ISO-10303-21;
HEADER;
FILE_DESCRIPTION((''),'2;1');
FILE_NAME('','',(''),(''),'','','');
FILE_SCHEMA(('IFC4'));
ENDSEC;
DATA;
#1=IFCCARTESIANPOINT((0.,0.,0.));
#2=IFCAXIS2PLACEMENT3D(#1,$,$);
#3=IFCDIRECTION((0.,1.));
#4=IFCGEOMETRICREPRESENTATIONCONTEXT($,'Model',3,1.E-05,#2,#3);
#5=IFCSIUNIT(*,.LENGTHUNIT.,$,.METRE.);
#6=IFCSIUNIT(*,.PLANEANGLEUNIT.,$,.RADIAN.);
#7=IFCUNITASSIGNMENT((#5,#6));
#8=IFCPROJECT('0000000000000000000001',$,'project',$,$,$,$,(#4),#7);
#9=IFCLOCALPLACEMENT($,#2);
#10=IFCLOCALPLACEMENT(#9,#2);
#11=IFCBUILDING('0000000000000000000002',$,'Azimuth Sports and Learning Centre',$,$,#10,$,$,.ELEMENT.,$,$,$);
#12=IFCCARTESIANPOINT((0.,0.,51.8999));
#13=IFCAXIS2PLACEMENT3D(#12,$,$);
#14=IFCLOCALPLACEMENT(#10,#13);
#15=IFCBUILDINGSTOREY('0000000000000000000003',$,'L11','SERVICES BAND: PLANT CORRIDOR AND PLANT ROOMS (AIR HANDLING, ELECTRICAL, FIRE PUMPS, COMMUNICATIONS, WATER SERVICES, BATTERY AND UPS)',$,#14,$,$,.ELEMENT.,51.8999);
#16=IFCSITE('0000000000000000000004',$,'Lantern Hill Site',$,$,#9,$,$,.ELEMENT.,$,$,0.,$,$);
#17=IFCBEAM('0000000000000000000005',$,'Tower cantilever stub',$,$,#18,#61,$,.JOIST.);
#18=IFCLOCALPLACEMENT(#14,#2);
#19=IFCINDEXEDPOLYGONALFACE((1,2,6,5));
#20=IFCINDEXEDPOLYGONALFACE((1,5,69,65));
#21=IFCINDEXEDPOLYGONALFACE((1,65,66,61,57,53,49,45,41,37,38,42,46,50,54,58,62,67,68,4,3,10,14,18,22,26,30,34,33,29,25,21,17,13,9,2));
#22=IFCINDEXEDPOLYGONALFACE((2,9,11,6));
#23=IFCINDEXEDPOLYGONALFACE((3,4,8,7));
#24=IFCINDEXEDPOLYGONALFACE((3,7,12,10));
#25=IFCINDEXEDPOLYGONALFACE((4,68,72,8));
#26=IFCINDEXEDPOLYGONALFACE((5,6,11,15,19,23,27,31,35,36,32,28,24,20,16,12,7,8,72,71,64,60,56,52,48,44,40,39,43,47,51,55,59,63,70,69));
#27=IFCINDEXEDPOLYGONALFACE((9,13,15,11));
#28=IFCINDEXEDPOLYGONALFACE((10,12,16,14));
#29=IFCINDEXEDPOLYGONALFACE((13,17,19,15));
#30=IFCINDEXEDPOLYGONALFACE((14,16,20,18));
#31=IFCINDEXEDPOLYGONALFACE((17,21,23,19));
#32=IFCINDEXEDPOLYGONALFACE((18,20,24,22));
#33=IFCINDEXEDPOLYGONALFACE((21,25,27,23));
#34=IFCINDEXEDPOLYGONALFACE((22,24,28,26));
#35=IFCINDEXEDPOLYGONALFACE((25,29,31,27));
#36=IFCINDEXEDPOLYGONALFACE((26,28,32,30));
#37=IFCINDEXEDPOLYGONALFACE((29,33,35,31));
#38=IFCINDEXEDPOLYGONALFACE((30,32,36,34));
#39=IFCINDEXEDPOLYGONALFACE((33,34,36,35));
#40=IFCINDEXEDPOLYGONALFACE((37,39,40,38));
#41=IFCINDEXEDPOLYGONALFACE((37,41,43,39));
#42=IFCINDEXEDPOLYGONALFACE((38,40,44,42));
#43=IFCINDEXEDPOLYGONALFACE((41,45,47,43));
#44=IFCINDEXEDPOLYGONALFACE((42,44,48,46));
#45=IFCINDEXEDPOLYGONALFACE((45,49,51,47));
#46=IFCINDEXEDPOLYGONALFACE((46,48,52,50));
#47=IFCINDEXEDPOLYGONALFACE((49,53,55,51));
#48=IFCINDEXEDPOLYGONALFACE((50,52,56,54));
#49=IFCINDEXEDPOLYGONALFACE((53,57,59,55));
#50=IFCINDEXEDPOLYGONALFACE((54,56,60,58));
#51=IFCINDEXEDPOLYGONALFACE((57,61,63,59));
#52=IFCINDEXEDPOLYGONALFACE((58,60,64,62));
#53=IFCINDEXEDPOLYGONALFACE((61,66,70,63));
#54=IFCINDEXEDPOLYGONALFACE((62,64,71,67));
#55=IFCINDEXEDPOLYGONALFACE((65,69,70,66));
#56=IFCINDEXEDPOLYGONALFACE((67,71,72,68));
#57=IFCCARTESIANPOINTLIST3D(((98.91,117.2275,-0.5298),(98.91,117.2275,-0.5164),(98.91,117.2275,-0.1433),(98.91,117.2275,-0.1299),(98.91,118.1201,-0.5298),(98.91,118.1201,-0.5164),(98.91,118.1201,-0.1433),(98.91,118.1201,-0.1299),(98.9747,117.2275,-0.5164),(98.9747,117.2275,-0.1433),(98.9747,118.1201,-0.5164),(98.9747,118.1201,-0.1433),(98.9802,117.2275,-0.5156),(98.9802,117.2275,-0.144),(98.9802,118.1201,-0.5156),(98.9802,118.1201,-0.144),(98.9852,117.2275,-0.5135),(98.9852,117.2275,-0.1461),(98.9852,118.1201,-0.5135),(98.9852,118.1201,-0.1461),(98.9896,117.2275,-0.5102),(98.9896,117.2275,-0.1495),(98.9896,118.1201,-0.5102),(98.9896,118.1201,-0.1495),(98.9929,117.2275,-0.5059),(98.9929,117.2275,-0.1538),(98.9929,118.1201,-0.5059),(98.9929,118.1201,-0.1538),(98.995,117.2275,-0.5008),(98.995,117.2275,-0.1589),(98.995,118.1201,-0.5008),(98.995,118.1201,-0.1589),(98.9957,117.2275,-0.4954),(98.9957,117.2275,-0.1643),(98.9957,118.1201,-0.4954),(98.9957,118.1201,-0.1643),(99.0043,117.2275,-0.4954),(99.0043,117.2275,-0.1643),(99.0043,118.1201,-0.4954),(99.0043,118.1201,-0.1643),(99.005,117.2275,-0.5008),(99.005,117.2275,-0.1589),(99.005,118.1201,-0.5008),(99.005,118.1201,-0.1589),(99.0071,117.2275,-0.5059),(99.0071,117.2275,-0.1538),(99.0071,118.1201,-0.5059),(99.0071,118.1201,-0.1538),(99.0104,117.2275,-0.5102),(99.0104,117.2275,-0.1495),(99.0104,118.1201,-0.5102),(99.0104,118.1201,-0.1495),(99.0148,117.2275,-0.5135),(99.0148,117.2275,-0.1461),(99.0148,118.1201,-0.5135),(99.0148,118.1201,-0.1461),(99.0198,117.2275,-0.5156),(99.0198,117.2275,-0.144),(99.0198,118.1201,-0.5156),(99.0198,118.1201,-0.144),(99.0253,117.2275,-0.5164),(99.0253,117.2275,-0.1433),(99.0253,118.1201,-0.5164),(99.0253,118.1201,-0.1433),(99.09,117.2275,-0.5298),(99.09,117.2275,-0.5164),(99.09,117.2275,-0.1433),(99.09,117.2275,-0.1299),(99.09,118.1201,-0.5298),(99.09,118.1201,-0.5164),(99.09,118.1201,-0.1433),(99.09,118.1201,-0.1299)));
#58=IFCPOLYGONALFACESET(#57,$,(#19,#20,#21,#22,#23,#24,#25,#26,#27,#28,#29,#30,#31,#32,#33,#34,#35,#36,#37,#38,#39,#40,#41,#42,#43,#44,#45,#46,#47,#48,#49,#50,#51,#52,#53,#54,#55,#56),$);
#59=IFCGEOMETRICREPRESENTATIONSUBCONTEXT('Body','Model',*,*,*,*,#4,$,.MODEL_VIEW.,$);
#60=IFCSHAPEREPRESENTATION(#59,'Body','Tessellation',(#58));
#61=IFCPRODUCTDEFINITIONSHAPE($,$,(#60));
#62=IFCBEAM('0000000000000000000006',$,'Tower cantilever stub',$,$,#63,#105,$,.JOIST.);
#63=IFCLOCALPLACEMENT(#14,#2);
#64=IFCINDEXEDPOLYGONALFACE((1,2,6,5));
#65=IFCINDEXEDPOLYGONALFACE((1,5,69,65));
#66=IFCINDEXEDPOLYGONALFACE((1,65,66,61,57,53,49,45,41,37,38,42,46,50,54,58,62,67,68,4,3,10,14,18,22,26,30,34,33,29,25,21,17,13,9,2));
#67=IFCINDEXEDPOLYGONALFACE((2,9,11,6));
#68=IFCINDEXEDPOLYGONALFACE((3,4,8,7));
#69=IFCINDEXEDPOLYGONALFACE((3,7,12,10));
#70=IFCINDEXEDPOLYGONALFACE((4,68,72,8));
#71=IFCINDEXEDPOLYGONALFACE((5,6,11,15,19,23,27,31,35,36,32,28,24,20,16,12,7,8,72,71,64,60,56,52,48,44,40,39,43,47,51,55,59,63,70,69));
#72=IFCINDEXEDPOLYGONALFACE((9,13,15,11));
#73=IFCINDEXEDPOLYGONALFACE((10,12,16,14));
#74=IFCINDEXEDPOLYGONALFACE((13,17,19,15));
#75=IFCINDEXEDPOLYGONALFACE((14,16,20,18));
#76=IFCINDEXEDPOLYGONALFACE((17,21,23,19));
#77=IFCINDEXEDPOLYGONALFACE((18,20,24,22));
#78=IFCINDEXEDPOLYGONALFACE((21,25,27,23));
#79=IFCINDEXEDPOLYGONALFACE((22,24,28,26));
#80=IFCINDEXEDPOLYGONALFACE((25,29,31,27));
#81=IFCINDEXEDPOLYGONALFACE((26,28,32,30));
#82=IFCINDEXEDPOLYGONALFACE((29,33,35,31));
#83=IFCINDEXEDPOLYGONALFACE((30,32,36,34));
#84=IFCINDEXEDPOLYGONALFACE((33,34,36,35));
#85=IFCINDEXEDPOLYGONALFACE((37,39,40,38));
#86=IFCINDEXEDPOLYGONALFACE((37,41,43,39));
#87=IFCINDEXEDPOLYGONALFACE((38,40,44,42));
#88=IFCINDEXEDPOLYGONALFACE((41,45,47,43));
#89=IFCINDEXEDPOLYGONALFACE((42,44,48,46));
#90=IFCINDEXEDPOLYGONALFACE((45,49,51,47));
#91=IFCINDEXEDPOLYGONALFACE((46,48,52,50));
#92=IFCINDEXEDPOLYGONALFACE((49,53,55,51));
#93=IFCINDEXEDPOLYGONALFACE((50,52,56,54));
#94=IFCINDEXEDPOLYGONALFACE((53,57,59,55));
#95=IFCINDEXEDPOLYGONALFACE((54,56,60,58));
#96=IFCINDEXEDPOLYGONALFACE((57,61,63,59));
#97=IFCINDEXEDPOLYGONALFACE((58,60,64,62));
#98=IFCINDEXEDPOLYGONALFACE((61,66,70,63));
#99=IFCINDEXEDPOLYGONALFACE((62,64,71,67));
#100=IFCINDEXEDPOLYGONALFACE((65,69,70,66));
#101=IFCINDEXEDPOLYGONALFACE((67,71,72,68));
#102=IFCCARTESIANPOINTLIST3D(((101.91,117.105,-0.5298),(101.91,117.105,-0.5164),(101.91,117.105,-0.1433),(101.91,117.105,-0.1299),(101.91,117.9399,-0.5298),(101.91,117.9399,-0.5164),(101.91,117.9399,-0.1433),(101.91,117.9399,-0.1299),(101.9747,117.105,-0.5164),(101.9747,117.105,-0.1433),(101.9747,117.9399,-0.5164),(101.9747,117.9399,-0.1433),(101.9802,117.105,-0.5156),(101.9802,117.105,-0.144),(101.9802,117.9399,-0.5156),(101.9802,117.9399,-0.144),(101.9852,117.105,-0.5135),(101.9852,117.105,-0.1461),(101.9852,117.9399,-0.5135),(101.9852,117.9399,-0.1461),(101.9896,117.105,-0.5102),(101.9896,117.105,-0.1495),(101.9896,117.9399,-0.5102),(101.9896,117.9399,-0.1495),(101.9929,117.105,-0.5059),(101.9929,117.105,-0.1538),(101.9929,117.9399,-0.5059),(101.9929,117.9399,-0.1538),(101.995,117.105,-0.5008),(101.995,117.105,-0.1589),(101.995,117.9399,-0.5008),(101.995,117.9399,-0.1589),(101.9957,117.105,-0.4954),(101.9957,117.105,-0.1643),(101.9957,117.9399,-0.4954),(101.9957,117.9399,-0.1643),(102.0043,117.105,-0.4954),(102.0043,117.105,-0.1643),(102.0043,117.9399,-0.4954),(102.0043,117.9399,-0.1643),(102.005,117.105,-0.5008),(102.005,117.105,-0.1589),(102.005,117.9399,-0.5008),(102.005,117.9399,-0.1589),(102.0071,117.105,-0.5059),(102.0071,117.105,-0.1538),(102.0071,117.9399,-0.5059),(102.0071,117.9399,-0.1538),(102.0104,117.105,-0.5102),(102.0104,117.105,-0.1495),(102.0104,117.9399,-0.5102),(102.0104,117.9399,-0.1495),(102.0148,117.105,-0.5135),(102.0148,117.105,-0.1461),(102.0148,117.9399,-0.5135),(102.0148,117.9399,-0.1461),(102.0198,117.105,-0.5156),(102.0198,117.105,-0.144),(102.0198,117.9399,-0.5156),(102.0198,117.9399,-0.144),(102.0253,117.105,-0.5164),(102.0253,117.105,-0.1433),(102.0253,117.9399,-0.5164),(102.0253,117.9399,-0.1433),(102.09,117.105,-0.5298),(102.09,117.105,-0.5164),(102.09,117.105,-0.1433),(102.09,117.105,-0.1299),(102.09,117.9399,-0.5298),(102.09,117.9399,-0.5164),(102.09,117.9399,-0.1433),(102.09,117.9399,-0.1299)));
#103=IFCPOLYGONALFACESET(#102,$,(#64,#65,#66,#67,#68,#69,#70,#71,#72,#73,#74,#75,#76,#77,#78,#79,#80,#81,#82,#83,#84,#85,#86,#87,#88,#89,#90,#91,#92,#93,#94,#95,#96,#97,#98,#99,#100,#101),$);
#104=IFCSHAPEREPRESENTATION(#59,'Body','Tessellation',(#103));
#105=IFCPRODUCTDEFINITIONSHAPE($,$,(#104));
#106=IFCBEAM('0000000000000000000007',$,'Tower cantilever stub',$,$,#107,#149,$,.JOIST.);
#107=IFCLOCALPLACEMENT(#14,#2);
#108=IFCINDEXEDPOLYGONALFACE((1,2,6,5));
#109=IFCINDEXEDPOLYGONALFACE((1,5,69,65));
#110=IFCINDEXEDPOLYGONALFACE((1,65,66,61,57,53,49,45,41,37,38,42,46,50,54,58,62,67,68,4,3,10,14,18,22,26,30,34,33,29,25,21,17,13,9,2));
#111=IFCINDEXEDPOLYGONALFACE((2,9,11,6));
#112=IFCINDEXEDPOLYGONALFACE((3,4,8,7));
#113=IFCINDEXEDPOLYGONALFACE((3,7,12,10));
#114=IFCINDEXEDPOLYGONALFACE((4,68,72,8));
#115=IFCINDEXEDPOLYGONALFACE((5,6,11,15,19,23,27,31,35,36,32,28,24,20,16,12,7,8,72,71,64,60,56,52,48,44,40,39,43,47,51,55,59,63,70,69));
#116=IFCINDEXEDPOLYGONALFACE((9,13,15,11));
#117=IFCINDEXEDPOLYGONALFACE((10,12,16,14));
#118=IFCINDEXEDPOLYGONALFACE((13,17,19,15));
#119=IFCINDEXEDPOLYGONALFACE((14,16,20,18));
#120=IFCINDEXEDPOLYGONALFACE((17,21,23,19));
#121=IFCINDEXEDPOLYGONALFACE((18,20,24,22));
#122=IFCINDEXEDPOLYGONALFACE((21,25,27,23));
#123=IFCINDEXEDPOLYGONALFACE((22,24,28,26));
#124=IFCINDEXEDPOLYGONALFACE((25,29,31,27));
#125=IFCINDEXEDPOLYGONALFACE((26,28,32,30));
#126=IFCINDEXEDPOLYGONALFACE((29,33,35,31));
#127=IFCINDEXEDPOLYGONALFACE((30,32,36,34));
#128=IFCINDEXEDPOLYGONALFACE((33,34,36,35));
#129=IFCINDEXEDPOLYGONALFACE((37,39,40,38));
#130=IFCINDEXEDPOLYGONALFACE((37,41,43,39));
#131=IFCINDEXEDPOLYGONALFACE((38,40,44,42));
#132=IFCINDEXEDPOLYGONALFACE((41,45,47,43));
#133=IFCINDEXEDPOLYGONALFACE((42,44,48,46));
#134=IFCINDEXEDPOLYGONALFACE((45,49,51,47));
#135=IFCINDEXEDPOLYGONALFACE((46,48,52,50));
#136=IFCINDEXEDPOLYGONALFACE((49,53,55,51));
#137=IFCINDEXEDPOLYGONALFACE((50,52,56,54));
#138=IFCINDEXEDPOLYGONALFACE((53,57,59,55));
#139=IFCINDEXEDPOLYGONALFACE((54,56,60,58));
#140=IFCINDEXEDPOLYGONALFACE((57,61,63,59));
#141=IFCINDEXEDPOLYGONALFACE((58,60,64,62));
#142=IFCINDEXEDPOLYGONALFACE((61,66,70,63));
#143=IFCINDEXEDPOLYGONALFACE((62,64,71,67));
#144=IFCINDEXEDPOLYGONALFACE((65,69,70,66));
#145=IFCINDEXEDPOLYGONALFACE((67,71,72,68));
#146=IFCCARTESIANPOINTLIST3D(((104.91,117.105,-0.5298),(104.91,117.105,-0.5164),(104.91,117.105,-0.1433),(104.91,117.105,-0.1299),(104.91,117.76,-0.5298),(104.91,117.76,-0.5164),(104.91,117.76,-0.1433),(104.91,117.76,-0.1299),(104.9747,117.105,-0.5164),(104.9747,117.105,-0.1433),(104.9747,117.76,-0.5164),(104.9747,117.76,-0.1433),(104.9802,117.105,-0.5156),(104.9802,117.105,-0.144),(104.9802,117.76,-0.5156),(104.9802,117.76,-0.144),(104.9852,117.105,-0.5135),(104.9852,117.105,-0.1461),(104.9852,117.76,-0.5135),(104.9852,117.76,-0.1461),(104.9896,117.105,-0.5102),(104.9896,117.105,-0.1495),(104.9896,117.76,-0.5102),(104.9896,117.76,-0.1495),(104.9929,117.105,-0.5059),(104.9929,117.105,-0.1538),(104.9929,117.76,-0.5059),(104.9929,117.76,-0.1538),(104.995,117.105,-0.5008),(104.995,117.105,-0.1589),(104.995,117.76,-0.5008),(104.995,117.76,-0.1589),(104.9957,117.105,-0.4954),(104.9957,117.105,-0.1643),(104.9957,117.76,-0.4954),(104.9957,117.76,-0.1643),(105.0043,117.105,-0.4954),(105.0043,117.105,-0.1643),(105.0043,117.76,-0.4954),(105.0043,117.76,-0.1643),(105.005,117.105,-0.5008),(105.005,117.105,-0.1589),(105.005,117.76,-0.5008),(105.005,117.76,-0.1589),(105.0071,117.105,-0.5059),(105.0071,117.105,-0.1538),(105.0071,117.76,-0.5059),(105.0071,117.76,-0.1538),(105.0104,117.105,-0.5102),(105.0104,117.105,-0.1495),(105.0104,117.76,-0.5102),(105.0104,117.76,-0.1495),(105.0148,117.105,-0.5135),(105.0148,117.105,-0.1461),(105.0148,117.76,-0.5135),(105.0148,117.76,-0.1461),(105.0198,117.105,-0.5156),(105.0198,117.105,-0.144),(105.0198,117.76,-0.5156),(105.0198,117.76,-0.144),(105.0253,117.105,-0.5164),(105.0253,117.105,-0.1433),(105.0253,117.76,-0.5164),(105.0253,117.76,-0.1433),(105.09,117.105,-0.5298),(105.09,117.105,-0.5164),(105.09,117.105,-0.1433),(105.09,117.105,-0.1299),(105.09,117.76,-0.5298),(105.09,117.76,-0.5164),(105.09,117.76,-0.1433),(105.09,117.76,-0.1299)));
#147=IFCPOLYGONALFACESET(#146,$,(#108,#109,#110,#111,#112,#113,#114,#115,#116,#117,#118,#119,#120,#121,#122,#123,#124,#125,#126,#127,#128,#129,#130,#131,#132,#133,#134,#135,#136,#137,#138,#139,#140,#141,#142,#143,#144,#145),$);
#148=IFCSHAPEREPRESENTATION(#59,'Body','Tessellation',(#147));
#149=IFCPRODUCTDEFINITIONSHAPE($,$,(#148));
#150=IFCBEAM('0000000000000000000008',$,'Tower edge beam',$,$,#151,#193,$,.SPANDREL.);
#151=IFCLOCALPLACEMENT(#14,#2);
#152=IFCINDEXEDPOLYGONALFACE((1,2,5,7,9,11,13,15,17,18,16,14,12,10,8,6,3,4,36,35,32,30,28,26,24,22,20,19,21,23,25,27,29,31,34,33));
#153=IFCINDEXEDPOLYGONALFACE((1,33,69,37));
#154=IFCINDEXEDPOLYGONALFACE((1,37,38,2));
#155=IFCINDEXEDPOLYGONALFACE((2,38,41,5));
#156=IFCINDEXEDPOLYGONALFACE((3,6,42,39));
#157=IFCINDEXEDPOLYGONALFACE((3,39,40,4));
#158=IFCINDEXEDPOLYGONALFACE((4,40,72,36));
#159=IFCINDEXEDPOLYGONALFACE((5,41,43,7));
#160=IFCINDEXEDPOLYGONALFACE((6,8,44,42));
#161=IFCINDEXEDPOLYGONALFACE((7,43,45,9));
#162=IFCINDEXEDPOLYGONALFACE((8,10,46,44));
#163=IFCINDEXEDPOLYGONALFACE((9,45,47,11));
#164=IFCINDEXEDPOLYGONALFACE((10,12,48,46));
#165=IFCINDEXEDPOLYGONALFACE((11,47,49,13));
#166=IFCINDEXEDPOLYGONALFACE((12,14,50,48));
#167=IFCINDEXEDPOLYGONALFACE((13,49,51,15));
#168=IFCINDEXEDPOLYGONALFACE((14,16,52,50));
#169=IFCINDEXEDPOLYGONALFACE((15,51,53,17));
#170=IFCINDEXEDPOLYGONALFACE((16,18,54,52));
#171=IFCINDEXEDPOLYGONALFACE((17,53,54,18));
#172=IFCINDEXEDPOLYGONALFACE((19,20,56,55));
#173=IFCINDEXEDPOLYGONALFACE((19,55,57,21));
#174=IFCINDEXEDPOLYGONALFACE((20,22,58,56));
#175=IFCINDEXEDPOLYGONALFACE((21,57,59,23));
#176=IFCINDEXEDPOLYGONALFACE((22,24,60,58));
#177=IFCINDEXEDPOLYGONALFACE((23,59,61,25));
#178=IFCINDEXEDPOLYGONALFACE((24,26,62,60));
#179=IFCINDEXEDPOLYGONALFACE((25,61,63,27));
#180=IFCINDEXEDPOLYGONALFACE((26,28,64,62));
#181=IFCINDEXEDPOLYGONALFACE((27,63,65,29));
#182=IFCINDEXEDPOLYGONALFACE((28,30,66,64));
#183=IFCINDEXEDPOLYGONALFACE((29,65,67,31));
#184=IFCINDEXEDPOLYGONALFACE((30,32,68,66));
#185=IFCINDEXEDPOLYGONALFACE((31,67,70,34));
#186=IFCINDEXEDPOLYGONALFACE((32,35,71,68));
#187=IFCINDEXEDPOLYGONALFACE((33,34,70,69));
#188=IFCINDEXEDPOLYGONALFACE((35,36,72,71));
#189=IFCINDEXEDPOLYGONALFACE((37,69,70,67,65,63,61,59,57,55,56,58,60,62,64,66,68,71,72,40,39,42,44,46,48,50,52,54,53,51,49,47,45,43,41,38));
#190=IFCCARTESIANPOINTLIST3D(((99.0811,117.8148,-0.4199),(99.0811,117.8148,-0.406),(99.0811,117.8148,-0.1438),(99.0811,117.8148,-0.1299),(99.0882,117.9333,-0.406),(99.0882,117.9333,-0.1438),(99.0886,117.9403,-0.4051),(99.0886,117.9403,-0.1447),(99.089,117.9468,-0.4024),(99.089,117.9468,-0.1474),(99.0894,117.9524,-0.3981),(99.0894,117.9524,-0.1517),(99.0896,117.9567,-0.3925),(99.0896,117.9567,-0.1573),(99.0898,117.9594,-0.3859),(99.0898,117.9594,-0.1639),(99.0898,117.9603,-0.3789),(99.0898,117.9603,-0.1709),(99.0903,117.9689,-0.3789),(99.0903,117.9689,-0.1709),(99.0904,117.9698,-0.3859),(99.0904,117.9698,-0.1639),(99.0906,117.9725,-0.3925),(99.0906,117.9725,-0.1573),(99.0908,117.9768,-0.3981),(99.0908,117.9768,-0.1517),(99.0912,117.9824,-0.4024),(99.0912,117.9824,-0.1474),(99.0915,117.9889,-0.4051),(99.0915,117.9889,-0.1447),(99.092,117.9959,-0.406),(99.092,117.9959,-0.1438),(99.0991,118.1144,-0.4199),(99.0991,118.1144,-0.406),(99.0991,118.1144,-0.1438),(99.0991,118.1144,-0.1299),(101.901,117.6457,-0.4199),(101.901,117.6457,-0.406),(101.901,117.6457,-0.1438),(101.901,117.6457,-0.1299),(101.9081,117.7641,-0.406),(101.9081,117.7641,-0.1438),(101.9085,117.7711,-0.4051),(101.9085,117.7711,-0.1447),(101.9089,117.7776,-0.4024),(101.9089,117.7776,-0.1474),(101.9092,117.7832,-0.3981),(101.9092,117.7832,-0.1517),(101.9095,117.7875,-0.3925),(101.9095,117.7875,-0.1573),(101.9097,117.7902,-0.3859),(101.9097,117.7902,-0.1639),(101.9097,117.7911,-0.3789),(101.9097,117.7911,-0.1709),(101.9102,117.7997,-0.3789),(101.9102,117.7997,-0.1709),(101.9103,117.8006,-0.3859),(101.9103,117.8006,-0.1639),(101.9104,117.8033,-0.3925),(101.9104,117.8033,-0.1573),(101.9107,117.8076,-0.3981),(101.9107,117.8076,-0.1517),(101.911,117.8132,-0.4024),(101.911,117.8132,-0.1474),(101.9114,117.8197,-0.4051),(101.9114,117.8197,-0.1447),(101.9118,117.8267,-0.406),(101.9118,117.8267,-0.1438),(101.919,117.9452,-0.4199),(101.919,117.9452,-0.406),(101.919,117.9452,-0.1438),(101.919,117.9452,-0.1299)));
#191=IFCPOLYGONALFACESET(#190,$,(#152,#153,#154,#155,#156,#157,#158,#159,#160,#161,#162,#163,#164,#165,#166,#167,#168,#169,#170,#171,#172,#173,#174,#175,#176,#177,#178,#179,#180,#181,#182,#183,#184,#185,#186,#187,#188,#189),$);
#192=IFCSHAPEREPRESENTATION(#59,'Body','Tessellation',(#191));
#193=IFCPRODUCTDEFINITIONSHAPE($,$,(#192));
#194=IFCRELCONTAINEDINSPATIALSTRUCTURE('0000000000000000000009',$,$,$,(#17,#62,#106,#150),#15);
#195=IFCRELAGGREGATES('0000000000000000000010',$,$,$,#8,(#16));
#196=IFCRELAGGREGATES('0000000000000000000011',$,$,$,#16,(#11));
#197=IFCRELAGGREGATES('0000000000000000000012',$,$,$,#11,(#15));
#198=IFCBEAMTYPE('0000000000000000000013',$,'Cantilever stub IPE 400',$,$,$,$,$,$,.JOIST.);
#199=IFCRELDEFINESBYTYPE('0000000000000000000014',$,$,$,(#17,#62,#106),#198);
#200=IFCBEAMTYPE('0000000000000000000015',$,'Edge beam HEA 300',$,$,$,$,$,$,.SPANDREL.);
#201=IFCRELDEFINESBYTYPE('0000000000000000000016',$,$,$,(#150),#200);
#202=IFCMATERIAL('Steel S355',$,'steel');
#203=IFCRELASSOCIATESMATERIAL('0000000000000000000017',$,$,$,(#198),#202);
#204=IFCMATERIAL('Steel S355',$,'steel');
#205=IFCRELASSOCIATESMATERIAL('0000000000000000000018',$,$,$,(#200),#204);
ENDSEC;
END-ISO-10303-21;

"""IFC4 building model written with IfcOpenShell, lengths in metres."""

from ifc_helpers import new_model, si_unit, direction, frame, origin, origin_2d, place, context, subcontext, project, spatial, i_section, extrude, material, material_profile, profile_set, type_object, element, save


model = new_model("IFC4")

# Units and contexts
model_context = context("Model", 3, precision=1e-05, world=origin(), true_north=direction((0.0, 1.0)))
body_context = subcontext(model_context, "Body", "Model", "MODEL_VIEW")
ifc_project = project(units=[si_unit("LENGTHUNIT", "METRE"), si_unit("PLANEANGLEUNIT", "RADIAN")], contexts=[model_context])

# Site, building, storey
site_placement = place(None, origin())
site = spatial("IfcSite", under=ifc_project, at=site_placement, Name="Lantern Hill Site", CompositionType="ELEMENT", RefElevation=0.0)
building_placement = place(site_placement, origin())
building = spatial("IfcBuilding", under=site, at=building_placement, Name="Azimuth Sports and Learning Centre", CompositionType="ELEMENT")
storey_placement = place(building_placement, frame((0.0, 0.0, 51.8999)))
storey = spatial("IfcBuildingStorey", under=building, at=storey_placement, Name="L11", Description="SERVICES BAND: PLANT CORRIDOR AND PLANT ROOMS (AIR HANDLING, ELECTRICAL, FIRE PUMPS, COMMUNICATIONS, WATER SERVICES, BATTERY AND UPS)", CompositionType="ELEMENT", Elevation=51.8999)

# Beams
ifc_material_1 = material(Name="Steel S355", Category="steel")
ifc_material_profile_1 = material_profile(ifc_material_1, i_section(OverallWidth=0.1799, OverallDepth=0.3999, WebThickness=0.0085, FlangeThickness=0.0134, FilletRadius=0.021, at=origin_2d()), Name="IPE 400")
ifc_profile_set_1 = profile_set([ifc_material_profile_1], Name="Steel S355")
beam_type_1 = type_object("IfcBeamType", Name="Cantilever stub IPE 400", PredefinedType="JOIST", material=ifc_profile_set_1)
beam_1_placement = place(storey_placement, frame((99.0, 117.2275, -0.3298), z_axis=(0.0, 1.0, 0.0), x_axis=(-1.0, 0.0, 0.0)))
element("IfcBeam", 1, at=beam_1_placement, inside=storey, type_object=beam_type_1, Name="Tower cantilever stub", PredefinedType="JOIST", context=body_context, shape_type="SweptSolid", body=[
    extrude(i_section(OverallWidth=0.1799, OverallDepth=0.3999, WebThickness=0.0085, FlangeThickness=0.0134, FilletRadius=0.021, at=origin_2d()), origin(), (0.0, 0.0, 1.0), 0.8926),
])
beam_2_placement = place(storey_placement, frame((102.0, 117.105, -0.3298), z_axis=(0.0, 1.0, 0.0), x_axis=(-1.0, 0.0, 0.0)))
element("IfcBeam", 2, at=beam_2_placement, inside=storey, type_object=beam_type_1, Name="Tower cantilever stub", PredefinedType="JOIST", context=body_context, shape_type="SweptSolid", body=[
    extrude(i_section(OverallWidth=0.1799, OverallDepth=0.3999, WebThickness=0.0085, FlangeThickness=0.0134, FilletRadius=0.021, at=origin_2d()), origin(), (0.0, 0.0, 1.0), 0.835),
])
beam_3_placement = place(storey_placement, frame((105.0, 117.105, -0.3298), z_axis=(0.0, 1.0, 0.0), x_axis=(-1.0, 0.0, 0.0)))
element("IfcBeam", 3, at=beam_3_placement, inside=storey, type_object=beam_type_1, Name="Tower cantilever stub", PredefinedType="JOIST", context=body_context, shape_type="SweptSolid", body=[
    extrude(i_section(OverallWidth=0.1799, OverallDepth=0.3999, WebThickness=0.0085, FlangeThickness=0.0134, FilletRadius=0.021, at=origin_2d()), origin(), (0.0, 0.0, 1.0), 0.655),
])
ifc_material_2 = material(Name="Steel S355", Category="steel")
ifc_material_profile_2 = material_profile(ifc_material_2, i_section(OverallWidth=0.3, OverallDepth=0.29, WebThickness=0.0085, FlangeThickness=0.0139, FilletRadius=0.0271, at=origin_2d()), Name="HEA 300")
ifc_profile_set_2 = profile_set([ifc_material_profile_2], Name="Steel S355")
beam_type_2 = type_object("IfcBeamType", Name="Edge beam HEA 300", PredefinedType="SPANDREL", material=ifc_profile_set_2)
for number, where, z_axis, x_axis, name in (
    (4, (99.0901, 117.9646, -0.2749), (0.998205, -0.059892, 0.0), (0.059892, 0.998205, 0.0), "Tower edge beam"),
):
    element("IfcBeam", number, at=place(storey_placement, frame(where, z_axis=z_axis, x_axis=x_axis)), inside=storey, type_object=beam_type_2, Name=name, PredefinedType="SPANDREL", context=body_context, shape_type="SweptSolid", body=[
        extrude(i_section(OverallWidth=0.3, OverallDepth=0.29, WebThickness=0.0085, FlangeThickness=0.0139, FilletRadius=0.0271, at=origin_2d()), origin(), (0.0, 0.0, 1.0), 2.825),
    ])

save(model, "model.ifc")
